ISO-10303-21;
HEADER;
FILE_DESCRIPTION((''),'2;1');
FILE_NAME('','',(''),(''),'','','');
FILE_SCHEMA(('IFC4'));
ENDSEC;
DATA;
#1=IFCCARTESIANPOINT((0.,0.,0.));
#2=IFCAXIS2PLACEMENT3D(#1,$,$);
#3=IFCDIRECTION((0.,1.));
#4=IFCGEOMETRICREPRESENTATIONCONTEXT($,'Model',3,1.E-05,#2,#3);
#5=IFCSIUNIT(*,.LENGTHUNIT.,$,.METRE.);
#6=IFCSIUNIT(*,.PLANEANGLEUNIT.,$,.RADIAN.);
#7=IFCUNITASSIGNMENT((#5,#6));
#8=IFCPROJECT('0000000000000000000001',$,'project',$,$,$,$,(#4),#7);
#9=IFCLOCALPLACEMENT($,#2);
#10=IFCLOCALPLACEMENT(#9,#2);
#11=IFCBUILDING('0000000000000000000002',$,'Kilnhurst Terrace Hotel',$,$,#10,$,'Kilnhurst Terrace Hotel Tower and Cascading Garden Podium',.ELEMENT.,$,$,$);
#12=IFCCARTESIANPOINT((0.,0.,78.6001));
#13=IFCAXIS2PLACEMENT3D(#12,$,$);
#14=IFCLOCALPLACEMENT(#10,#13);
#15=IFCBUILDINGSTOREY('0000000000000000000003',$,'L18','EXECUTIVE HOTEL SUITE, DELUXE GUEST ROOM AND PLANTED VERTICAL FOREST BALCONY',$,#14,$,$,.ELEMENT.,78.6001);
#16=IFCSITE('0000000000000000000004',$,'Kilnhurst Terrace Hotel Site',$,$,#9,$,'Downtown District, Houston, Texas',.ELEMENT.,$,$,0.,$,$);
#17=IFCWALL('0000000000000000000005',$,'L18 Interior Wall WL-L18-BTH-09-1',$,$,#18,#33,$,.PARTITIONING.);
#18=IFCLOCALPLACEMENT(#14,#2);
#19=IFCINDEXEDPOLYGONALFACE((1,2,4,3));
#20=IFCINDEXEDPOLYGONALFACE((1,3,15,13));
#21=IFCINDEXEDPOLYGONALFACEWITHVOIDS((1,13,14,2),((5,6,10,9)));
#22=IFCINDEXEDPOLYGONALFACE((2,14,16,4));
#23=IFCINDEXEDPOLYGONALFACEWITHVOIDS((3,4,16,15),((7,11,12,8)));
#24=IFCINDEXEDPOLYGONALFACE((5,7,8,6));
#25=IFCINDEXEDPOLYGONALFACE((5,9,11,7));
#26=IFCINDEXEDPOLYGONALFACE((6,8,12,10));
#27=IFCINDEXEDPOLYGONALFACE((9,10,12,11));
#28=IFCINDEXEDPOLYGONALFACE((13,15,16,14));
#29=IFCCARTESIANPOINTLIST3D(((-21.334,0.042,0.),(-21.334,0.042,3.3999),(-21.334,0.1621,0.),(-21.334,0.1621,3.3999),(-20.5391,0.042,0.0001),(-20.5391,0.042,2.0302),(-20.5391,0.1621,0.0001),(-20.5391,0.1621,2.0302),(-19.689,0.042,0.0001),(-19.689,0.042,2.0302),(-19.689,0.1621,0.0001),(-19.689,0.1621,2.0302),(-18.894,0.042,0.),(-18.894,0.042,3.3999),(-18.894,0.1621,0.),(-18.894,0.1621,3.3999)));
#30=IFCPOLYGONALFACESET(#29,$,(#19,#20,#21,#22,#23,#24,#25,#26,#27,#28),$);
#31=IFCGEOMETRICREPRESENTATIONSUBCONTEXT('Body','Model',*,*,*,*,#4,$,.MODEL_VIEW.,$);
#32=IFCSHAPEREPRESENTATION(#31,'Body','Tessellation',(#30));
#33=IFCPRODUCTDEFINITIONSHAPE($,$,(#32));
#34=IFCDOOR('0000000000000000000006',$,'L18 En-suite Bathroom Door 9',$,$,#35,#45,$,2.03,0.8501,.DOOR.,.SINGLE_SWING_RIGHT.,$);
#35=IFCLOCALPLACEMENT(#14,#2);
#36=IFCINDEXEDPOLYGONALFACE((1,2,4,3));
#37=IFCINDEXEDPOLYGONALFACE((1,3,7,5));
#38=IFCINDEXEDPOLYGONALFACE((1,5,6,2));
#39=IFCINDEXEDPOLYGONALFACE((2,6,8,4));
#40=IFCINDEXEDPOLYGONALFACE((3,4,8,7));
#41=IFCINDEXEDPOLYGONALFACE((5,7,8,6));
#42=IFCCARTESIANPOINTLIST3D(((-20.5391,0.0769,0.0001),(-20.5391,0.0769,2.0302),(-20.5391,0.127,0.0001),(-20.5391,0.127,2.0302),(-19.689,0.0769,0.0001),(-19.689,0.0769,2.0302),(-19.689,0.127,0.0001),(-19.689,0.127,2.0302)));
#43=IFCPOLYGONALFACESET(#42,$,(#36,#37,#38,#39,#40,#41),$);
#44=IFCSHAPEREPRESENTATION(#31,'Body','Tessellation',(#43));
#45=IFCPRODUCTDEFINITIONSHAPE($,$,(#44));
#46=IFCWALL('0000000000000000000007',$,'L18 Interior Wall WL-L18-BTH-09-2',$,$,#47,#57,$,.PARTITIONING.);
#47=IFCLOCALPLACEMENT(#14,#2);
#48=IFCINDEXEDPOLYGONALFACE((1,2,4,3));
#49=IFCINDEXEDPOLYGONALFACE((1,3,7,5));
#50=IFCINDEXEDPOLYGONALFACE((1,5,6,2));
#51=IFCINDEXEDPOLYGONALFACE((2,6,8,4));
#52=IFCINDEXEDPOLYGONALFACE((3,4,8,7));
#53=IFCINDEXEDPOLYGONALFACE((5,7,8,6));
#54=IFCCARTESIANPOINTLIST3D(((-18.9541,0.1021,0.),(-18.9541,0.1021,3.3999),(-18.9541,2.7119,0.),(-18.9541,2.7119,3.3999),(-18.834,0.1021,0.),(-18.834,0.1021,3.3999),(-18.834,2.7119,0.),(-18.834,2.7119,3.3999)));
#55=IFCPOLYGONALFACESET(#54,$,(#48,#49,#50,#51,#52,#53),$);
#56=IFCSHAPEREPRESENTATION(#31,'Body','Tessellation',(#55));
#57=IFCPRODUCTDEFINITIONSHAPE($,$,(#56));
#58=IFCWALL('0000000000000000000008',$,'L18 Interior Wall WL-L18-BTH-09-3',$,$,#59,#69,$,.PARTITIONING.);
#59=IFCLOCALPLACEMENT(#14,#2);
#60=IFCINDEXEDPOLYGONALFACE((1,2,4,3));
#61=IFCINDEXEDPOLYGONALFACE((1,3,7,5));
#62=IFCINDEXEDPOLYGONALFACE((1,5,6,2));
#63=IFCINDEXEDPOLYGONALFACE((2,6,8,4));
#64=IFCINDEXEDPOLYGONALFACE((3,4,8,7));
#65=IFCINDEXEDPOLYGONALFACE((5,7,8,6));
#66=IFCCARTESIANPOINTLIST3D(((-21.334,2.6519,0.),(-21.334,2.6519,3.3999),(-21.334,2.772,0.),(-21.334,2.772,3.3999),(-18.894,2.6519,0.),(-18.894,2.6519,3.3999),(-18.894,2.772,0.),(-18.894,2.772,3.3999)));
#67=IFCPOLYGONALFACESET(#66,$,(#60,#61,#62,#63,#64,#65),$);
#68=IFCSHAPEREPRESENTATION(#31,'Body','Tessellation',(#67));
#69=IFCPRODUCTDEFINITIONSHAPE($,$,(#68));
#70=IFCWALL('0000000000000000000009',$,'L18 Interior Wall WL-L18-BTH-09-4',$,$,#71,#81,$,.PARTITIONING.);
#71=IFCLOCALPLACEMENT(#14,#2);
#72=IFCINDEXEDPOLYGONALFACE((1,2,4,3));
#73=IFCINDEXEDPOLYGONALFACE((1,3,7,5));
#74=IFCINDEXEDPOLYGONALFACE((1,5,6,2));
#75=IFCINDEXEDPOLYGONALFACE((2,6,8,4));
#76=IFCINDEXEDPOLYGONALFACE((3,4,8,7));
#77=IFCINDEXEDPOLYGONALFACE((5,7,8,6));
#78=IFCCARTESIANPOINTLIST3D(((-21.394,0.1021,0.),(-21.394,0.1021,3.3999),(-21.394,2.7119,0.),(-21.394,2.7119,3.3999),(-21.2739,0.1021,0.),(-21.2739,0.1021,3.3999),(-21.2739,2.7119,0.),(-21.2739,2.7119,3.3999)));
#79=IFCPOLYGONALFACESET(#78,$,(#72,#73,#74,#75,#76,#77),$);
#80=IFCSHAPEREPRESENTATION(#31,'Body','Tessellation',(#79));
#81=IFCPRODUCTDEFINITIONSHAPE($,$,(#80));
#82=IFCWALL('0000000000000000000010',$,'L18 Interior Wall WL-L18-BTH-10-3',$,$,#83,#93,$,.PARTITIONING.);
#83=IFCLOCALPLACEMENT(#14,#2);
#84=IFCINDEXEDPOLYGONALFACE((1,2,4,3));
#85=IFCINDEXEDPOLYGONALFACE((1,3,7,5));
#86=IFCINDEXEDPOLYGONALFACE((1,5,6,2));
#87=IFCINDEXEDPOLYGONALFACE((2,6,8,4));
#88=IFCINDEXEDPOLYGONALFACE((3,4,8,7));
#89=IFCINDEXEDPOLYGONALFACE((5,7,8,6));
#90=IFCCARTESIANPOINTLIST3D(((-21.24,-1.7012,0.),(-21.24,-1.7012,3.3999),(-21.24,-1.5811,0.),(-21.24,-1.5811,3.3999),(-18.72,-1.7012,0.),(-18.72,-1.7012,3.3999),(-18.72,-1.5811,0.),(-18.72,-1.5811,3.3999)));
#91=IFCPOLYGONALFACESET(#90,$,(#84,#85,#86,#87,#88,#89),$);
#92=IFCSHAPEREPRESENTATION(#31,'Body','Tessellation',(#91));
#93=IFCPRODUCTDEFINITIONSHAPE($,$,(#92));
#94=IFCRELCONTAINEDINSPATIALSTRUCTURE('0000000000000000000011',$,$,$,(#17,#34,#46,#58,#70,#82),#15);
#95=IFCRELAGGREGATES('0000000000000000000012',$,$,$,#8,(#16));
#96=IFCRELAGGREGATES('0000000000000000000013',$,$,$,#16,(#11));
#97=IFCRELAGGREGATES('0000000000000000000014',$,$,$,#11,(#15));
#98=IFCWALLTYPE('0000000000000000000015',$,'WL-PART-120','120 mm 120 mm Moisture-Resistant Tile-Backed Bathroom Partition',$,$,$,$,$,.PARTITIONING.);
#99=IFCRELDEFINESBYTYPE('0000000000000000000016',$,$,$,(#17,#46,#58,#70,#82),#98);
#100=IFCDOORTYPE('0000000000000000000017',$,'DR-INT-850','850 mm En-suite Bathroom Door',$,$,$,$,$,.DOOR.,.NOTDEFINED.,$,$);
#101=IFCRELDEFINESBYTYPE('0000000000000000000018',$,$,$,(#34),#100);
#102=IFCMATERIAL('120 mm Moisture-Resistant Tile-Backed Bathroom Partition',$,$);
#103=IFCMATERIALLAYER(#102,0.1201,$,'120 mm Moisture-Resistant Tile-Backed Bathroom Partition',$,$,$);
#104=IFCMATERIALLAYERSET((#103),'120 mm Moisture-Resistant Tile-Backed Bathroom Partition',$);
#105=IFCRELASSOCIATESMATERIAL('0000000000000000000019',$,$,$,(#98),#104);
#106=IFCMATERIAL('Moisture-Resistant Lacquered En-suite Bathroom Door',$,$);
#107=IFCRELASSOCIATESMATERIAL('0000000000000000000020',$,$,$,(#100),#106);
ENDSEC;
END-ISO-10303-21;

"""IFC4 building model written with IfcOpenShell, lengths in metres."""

from ifc_helpers import new_model, si_unit, direction, frame, frame_2d, origin, place, context, subcontext, project, spatial, rectangle, extrude, material, layer, layer_set, type_object, element, fill, save


model = new_model("IFC4")

# Units and contexts
model_context = context("Model", 3, precision=1e-05, world=origin(), true_north=direction((0.0, 1.0)))
body_context = subcontext(model_context, "Body", "Model", "MODEL_VIEW")
ifc_project = project(units=[si_unit("LENGTHUNIT", "METRE"), si_unit("PLANEANGLEUNIT", "RADIAN")], contexts=[model_context])

# Site, building, storey
site_placement = place(None, origin())
site = spatial("IfcSite", under=ifc_project, at=site_placement, Name="Kilnhurst Terrace Hotel Site", LongName="Downtown District, Houston, Texas", CompositionType="ELEMENT", RefElevation=0.0)
building_placement = place(site_placement, origin())
building = spatial("IfcBuilding", under=site, at=building_placement, Name="Kilnhurst Terrace Hotel", LongName="Kilnhurst Terrace Hotel Tower and Cascading Garden Podium", CompositionType="ELEMENT")
storey_placement = place(building_placement, frame((0.0, 0.0, 78.6001)))
storey = spatial("IfcBuildingStorey", under=building, at=storey_placement, Name="L18", Description="EXECUTIVE HOTEL SUITE, DELUXE GUEST ROOM AND PLANTED VERTICAL FOREST BALCONY", CompositionType="ELEMENT", Elevation=78.6001)

# Shared definitions
ifc_material_1 = material(Name="120 mm Moisture-Resistant Tile-Backed Bathroom Partition")
ifc_layer_1 = layer(ifc_material_1, 0.1201, Name="120 mm Moisture-Resistant Tile-Backed Bathroom Partition")
ifc_layer_set_1 = layer_set([ifc_layer_1], Name="120 mm Moisture-Resistant Tile-Backed Bathroom Partition")
wall_type_1 = type_object("IfcWallType", Name="WL-PART-120", Description="120 mm 120 mm Moisture-Resistant Tile-Backed Bathroom Partition", PredefinedType="PARTITIONING", material=ifc_layer_set_1)
ifc_material_2 = material(Name="Moisture-Resistant Lacquered En-suite Bathroom Door")
door_type = type_object("IfcDoorType", Name="DR-INT-850", Description="850 mm En-suite Bathroom Door", OperationType="NOTDEFINED", PredefinedType="DOOR", material=ifc_material_2)

# Wall, opening, door
wall_1_placement = place(storey_placement, frame((-21.334, 0.1021, 0.0), z_axis=(0.0, 0.0, 1.0), x_axis=(1.0, 0.0, 0.0)))
wall_1 = element("IfcWall", 1, at=wall_1_placement, inside=storey, type_object=wall_type_1, Name="L18 Interior Wall WL-L18-BTH-09-1", PredefinedType="PARTITIONING", context=body_context, shape_type="SweptSolid", body=[
    extrude(rectangle(XDim=2.4399, YDim=0.1201, at=frame_2d((1.22, 0.0))), origin(), (0.0, 0.0, 1.0), 3.3999),
])
opening_1_placement = place(wall_1_placement, frame((0.7949, 0.0, 0.0)))
opening_1 = element("IfcOpeningElement", 2, at=opening_1_placement, cuts=wall_1, PredefinedType="OPENING", context=body_context, shape_type="SweptSolid", body=[
    extrude(rectangle(XDim=0.8501, YDim=2.03, at=frame_2d((0.425, 1.0151))), frame((0.0, 0.0701, 0.0), z_axis=(0.0, -1.0, 0.0), x_axis=(1.0, 0.0, 0.0)), (0.0, 0.0, 1.0), 0.1401),
])
door_1_placement = place(opening_1_placement, origin())
door_1 = element("IfcDoor", 3, at=door_1_placement, inside=storey, type_object=door_type, Name="L18 En-suite Bathroom Door 9", OperationType="SINGLE_SWING_RIGHT", OverallHeight=2.03, OverallWidth=0.8501, PredefinedType="DOOR", context=body_context, shape_type="SweptSolid", body=[
    extrude(rectangle(XDim=0.8501, YDim=2.03, at=frame_2d((0.425, 1.0151))), frame((0.0, 0.0249, 0.0), z_axis=(0.0, -1.0, 0.0), x_axis=(1.0, 0.0, 0.0)), (0.0, 0.0, 1.0), 0.05),
])
fill(opening_1, door_1)

# Walls
wall_2_placement = place(storey_placement, frame((-18.894, 0.1021, 0.0), z_axis=(0.0, 0.0, 1.0), x_axis=(0.0, 1.0, 0.0)))
element("IfcWall", 4, at=wall_2_placement, inside=storey, type_object=wall_type_1, Name="L18 Interior Wall WL-L18-BTH-09-2", PredefinedType="PARTITIONING", context=body_context, shape_type="SweptSolid", body=[
    extrude(rectangle(XDim=2.6099, YDim=0.1201, at=frame_2d((1.3049, 0.0))), origin(), (0.0, 0.0, 1.0), 3.3999),
])
wall_3_placement = place(storey_placement, frame((-18.894, 2.7119, 0.0), z_axis=(0.0, 0.0, 1.0), x_axis=(-1.0, 0.0, 0.0)))
element("IfcWall", 5, at=wall_3_placement, inside=storey, type_object=wall_type_1, Name="L18 Interior Wall WL-L18-BTH-09-3", PredefinedType="PARTITIONING", context=body_context, shape_type="SweptSolid", body=[
    extrude(rectangle(XDim=2.4399, YDim=0.1201, at=frame_2d((1.22, 0.0))), origin(), (0.0, 0.0, 1.0), 3.3999),
])
wall_4_placement = place(storey_placement, frame((-21.334, 2.7119, 0.0), z_axis=(0.0, 0.0, 1.0), x_axis=(0.0, -1.0, 0.0)))
element("IfcWall", 6, at=wall_4_placement, inside=storey, type_object=wall_type_1, Name="L18 Interior Wall WL-L18-BTH-09-4", PredefinedType="PARTITIONING", context=body_context, shape_type="SweptSolid", body=[
    extrude(rectangle(XDim=2.6099, YDim=0.1201, at=frame_2d((1.3049, 0.0))), origin(), (0.0, 0.0, 1.0), 3.3999),
])
wall_5_placement = place(storey_placement, frame((-18.72, -1.6411, 0.0), z_axis=(0.0, 0.0, 1.0), x_axis=(-1.0, 0.0, 0.0)))
element("IfcWall", 7, at=wall_5_placement, inside=storey, type_object=wall_type_1, Name="L18 Interior Wall WL-L18-BTH-10-3", PredefinedType="PARTITIONING", context=body_context, shape_type="SweptSolid", body=[
    extrude(rectangle(XDim=2.52, YDim=0.1201, at=frame_2d((1.26, 0.0))), origin(), (0.0, 0.0, 1.0), 3.3999),
])

save(model, "model.ifc")
